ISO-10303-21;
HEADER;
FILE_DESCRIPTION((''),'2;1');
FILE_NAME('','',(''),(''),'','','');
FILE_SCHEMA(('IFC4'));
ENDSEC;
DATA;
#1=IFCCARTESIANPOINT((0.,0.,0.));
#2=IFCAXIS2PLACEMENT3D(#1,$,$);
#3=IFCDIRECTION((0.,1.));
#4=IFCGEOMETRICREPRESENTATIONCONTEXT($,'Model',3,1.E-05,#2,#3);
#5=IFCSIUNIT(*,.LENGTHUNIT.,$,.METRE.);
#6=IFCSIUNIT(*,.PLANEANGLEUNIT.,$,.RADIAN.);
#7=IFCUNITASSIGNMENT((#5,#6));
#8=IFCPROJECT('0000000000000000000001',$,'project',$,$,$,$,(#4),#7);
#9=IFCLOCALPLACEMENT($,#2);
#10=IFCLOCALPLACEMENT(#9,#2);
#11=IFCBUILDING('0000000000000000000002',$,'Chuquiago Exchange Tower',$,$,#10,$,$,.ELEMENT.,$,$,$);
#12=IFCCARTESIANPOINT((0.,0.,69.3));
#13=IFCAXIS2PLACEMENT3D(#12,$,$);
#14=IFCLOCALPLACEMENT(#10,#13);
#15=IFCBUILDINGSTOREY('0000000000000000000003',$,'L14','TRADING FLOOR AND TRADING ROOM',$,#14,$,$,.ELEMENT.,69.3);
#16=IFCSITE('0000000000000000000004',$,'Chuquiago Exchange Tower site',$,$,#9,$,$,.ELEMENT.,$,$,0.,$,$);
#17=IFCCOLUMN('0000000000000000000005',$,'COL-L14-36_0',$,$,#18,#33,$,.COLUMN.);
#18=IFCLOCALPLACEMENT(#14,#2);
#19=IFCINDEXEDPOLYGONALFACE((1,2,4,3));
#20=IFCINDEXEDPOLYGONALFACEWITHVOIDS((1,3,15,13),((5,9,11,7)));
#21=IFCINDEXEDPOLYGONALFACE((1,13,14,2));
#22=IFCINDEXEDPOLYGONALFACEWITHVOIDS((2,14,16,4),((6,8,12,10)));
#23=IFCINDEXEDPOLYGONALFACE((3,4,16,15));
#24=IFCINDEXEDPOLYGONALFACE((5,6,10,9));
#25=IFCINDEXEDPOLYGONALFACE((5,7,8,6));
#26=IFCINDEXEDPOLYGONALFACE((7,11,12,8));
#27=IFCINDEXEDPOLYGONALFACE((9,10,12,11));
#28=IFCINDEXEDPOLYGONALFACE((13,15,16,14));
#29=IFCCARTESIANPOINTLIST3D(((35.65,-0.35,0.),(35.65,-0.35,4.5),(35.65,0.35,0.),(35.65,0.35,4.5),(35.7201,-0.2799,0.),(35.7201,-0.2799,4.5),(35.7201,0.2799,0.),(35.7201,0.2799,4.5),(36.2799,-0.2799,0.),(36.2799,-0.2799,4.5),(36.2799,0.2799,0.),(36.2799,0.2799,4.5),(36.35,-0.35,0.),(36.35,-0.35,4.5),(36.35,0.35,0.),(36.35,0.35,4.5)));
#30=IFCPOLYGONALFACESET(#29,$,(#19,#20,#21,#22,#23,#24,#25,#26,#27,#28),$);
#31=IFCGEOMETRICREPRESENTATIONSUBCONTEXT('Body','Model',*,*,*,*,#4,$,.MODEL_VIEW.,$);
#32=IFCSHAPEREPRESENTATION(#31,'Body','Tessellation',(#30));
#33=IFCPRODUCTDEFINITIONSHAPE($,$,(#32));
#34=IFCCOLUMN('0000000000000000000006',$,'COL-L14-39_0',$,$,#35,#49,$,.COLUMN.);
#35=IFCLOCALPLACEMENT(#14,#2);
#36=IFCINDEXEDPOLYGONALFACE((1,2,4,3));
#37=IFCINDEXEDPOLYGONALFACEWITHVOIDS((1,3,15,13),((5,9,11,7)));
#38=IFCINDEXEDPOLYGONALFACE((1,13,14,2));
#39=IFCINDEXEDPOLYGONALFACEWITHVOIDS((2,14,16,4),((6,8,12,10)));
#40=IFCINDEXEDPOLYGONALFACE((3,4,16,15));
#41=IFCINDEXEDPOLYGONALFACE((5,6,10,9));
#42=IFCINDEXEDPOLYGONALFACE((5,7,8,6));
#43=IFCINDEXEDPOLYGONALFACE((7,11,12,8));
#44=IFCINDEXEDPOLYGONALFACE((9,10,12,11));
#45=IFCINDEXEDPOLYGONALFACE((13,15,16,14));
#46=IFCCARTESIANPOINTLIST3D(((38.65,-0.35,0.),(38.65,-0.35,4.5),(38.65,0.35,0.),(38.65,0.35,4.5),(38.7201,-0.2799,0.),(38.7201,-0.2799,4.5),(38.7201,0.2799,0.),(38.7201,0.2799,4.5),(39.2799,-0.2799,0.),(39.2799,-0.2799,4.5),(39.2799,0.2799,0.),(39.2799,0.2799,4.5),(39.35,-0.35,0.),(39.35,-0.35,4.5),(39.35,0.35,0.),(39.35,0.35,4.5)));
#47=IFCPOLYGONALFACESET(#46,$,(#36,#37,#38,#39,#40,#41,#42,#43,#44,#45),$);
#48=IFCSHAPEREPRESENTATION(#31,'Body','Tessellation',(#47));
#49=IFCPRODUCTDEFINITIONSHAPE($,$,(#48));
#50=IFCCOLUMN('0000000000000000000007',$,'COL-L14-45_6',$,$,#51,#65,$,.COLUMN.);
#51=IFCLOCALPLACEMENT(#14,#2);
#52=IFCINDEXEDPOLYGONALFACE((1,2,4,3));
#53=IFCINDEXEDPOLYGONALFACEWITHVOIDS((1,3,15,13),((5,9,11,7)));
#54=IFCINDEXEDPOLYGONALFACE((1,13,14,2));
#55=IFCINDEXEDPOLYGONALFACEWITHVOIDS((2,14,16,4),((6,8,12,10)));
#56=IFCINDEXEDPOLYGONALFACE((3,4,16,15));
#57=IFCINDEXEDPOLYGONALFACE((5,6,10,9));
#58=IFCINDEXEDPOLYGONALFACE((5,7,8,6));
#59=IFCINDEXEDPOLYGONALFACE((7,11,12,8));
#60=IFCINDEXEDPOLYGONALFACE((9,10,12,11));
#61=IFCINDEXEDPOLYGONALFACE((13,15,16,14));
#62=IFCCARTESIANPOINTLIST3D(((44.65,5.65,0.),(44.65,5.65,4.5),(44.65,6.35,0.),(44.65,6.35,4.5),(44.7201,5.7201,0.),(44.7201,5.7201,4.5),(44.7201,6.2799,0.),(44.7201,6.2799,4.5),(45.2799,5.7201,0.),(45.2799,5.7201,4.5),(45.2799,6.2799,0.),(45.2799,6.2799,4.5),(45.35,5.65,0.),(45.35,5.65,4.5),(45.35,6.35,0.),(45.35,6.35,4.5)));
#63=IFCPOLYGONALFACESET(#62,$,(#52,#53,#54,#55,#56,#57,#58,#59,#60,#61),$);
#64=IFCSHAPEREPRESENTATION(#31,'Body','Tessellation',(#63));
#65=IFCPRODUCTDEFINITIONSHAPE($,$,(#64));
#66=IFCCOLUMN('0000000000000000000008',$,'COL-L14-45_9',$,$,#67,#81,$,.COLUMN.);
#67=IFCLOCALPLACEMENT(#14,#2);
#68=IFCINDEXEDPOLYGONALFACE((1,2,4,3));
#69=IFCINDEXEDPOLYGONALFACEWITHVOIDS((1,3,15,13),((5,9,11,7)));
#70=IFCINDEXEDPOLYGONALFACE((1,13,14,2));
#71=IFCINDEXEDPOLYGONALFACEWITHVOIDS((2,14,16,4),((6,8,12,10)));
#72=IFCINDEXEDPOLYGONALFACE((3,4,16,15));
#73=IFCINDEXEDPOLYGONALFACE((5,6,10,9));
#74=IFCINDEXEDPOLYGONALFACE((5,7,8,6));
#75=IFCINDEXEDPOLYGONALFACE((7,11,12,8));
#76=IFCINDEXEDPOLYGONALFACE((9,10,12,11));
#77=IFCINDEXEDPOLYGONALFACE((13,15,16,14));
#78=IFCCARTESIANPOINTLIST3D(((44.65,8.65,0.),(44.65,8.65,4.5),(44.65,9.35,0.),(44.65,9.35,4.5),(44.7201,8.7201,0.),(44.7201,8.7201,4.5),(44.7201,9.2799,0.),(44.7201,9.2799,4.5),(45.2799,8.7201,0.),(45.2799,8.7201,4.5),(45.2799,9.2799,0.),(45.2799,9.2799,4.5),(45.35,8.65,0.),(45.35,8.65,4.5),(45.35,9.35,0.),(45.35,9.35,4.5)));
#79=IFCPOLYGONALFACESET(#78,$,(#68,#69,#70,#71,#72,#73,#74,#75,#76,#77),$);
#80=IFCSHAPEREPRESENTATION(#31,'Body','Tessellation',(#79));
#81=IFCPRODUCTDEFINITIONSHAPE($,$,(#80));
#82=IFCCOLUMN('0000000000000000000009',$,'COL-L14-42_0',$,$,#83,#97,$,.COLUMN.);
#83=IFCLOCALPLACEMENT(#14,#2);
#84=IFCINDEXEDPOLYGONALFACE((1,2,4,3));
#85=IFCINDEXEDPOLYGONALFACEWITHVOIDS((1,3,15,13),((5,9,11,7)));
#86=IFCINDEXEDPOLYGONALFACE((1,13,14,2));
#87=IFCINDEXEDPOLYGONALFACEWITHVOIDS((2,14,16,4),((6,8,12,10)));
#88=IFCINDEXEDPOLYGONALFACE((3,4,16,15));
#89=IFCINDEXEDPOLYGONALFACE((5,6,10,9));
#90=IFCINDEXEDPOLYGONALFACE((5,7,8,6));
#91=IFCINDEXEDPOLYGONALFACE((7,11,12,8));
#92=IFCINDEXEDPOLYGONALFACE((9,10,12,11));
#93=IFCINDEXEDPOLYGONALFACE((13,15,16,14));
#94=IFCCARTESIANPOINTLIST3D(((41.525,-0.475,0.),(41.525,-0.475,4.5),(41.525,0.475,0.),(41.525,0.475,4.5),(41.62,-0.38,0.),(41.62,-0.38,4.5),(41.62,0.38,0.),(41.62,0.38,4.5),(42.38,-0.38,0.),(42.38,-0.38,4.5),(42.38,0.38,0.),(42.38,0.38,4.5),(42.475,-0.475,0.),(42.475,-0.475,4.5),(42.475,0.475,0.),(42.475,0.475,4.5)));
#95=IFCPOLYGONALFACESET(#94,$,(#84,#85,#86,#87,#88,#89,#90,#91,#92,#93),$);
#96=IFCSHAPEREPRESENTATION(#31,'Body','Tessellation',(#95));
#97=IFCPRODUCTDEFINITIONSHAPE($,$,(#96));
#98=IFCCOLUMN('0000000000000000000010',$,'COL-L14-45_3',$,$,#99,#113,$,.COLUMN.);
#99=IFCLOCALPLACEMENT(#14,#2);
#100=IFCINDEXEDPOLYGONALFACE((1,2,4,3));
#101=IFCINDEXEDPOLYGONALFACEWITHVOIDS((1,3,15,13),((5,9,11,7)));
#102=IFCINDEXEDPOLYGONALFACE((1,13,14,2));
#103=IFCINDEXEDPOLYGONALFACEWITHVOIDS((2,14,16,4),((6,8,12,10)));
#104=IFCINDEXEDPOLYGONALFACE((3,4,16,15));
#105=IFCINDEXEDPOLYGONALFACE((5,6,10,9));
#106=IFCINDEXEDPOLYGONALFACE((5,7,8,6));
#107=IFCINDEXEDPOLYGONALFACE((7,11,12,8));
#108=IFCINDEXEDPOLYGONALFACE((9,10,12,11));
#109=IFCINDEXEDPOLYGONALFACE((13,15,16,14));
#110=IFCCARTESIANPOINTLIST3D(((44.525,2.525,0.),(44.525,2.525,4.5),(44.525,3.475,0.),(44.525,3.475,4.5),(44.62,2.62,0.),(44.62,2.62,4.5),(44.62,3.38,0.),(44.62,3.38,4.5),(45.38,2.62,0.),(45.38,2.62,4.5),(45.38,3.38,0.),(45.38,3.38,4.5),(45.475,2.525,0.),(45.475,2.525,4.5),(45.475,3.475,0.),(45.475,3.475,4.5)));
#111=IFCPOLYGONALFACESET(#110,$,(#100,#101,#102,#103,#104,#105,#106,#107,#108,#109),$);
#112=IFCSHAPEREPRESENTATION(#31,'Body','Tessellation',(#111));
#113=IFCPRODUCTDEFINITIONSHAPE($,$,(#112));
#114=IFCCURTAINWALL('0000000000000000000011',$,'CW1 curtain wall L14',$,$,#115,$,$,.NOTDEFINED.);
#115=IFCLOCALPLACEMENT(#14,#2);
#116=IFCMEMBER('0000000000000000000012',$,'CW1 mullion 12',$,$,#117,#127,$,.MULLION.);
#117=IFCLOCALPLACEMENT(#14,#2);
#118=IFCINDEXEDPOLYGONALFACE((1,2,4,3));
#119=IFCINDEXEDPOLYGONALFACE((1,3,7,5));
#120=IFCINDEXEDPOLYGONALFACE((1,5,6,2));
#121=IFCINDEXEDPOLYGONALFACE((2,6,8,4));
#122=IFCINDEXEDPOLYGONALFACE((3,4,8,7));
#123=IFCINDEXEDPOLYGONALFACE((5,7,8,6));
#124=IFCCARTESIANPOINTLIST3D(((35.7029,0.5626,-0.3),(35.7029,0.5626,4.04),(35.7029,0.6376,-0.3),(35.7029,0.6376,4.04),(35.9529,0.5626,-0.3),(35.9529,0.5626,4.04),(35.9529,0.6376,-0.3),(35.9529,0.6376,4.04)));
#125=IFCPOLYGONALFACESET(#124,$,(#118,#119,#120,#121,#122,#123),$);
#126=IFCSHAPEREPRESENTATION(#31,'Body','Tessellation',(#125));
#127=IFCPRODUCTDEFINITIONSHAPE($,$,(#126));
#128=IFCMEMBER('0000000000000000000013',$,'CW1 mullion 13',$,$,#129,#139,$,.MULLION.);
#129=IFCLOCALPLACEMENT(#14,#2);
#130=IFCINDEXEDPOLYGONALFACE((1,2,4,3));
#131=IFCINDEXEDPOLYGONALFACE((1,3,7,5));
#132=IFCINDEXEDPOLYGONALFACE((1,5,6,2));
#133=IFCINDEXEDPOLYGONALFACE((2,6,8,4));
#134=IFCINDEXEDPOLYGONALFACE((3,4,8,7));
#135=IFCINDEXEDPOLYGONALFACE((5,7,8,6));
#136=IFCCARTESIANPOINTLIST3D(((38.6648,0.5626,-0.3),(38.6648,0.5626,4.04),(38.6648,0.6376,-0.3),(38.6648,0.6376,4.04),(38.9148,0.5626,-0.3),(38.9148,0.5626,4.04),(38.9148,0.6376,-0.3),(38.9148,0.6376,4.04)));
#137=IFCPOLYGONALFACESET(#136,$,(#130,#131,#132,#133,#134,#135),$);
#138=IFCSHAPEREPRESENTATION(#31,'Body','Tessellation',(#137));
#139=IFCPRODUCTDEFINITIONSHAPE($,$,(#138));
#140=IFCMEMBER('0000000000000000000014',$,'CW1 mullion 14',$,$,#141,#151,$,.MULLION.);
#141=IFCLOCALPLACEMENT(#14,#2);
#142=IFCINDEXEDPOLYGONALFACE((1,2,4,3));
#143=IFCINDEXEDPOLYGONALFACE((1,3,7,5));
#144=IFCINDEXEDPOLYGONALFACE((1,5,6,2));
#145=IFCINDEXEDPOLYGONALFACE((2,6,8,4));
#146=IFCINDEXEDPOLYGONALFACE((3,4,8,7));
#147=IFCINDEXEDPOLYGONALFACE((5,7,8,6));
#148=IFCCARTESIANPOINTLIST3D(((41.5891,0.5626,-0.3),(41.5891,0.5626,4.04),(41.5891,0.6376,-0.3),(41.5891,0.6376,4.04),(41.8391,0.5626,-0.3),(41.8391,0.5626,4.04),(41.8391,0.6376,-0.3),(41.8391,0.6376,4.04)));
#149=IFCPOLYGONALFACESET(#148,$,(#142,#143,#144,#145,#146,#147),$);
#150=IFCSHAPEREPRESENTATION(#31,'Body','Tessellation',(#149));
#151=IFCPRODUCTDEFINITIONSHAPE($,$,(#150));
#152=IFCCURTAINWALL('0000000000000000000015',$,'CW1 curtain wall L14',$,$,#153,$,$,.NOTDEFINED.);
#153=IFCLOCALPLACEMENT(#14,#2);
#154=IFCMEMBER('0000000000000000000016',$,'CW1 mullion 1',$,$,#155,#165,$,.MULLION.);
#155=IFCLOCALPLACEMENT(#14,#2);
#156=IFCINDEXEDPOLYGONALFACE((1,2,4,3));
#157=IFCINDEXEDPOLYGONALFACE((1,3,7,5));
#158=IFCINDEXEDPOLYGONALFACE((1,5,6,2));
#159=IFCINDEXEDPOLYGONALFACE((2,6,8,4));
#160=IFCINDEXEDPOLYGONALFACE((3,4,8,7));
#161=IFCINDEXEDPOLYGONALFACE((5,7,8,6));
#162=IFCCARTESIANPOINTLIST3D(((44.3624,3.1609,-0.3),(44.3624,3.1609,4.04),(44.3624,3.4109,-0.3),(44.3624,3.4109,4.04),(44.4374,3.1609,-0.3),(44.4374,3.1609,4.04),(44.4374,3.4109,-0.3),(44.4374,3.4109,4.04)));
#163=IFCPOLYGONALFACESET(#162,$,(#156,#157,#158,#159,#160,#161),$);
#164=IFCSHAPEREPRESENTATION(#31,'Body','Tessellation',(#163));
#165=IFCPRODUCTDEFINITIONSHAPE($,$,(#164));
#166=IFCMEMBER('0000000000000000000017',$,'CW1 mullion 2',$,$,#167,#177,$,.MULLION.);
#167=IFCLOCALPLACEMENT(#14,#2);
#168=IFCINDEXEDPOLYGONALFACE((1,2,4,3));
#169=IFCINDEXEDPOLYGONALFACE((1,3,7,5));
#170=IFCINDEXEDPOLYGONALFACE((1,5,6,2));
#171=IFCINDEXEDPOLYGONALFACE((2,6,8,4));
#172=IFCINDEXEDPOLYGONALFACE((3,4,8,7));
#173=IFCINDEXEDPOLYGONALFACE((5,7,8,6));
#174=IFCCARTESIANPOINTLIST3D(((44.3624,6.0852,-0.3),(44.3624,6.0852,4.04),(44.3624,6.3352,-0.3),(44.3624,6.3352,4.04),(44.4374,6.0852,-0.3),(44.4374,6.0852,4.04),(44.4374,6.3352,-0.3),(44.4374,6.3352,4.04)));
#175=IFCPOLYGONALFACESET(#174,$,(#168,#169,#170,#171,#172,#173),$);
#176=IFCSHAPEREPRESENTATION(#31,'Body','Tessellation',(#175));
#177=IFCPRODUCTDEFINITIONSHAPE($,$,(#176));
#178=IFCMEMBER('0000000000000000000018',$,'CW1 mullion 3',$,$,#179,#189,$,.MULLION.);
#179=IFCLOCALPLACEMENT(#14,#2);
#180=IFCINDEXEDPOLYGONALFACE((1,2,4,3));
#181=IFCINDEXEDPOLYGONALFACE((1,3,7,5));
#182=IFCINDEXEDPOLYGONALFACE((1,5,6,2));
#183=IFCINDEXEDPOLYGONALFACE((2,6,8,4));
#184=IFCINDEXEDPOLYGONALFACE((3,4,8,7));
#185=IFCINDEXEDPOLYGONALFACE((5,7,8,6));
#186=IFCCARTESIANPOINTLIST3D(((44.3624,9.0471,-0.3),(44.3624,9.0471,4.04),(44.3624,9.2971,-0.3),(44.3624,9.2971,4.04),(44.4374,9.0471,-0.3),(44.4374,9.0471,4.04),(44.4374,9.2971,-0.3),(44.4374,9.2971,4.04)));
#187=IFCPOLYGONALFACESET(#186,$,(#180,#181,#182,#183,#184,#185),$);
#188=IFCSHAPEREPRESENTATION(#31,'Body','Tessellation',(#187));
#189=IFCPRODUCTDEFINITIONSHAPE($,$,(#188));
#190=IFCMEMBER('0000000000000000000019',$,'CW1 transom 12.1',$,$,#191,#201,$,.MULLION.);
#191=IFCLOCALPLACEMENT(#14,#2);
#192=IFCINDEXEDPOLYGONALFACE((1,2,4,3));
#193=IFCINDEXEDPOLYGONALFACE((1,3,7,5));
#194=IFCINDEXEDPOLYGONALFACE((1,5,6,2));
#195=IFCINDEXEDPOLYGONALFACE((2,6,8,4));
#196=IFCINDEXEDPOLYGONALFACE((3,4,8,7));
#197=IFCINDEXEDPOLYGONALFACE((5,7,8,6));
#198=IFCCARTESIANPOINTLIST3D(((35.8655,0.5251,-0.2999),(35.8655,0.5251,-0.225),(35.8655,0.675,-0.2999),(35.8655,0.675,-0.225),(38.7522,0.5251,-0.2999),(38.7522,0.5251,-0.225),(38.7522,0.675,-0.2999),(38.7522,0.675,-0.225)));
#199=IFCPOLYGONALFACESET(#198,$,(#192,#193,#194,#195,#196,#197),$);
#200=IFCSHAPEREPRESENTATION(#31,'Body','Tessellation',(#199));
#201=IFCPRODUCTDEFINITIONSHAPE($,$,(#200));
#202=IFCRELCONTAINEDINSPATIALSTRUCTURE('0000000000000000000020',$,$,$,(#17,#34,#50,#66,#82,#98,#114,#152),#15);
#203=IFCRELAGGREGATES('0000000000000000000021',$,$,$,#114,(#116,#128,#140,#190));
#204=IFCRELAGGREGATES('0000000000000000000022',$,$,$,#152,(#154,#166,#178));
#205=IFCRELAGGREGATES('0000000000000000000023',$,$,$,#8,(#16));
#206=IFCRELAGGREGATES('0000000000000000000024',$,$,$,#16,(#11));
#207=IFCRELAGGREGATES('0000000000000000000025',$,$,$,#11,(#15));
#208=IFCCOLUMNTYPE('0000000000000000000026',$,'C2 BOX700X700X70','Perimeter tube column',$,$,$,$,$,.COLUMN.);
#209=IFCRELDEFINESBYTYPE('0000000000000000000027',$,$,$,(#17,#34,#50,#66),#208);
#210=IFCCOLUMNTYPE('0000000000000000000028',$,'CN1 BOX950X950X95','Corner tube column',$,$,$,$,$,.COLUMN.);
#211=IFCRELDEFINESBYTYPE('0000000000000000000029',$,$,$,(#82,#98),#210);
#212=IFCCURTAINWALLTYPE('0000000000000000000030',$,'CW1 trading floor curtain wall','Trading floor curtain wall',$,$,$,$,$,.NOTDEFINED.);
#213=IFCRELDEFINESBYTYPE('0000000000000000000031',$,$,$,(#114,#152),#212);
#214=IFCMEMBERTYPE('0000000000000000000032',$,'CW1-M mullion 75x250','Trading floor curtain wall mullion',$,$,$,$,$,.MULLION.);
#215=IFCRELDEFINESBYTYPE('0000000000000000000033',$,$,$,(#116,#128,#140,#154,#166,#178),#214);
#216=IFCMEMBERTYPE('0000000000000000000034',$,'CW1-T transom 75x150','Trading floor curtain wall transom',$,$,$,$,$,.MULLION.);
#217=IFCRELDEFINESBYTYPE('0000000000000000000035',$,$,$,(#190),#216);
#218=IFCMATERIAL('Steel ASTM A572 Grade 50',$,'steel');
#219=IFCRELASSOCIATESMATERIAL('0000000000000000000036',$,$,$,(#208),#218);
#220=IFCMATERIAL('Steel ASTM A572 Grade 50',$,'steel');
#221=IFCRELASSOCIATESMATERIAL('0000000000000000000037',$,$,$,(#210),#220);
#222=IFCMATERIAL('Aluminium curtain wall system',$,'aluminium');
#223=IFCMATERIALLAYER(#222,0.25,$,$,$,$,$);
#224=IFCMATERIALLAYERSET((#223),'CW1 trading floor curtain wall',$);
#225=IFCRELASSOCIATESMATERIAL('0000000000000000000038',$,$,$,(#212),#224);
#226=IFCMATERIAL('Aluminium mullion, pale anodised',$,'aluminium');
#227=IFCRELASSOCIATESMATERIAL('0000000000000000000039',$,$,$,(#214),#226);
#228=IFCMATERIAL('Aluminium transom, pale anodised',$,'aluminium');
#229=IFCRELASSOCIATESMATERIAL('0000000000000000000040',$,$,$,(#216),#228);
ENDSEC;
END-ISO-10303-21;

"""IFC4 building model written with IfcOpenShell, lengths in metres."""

from ifc_helpers import new_model, si_unit, direction, frame, origin, origin_2d, place, context, subcontext, project, spatial, rectangle, hollow_rectangle, extrude, material, layer, layer_set, material_profile, profile_set, type_object, element, aggregate, save


model = new_model("IFC4")

# Units and contexts
model_context = context("Model", 3, precision=1e-05, world=origin(), true_north=direction((0.0, 1.0)))
body_context = subcontext(model_context, "Body", "Model", "MODEL_VIEW")
ifc_project = project(units=[si_unit("LENGTHUNIT", "METRE"), si_unit("PLANEANGLEUNIT", "RADIAN")], contexts=[model_context])

# Site, building, storey
site_placement = place(None, origin())
site = spatial("IfcSite", under=ifc_project, at=site_placement, Name="Chuquiago Exchange Tower site", CompositionType="ELEMENT", RefElevation=0.0)
building_placement = place(site_placement, origin())
building = spatial("IfcBuilding", under=site, at=building_placement, Name="Chuquiago Exchange Tower", CompositionType="ELEMENT")
storey_placement = place(building_placement, frame((0.0, 0.0, 69.3)))
storey = spatial("IfcBuildingStorey", under=building, at=storey_placement, Name="L14", Description="TRADING FLOOR AND TRADING ROOM", CompositionType="ELEMENT", Elevation=69.3)

# Columns
ifc_material_1 = material(Name="Steel ASTM A572 Grade 50", Category="steel")
ifc_material_profile_1 = material_profile(ifc_material_1, hollow_rectangle(XDim=0.7, YDim=0.7, WallThickness=0.0701, at=origin_2d()), Name="BOX700X700X70")
ifc_profile_set_1 = profile_set([ifc_material_profile_1], Name="Steel ASTM A572 Grade 50")
column_type_1 = type_object("IfcColumnType", Name="C2 BOX700X700X70", Description="Perimeter tube column", PredefinedType="COLUMN", material=ifc_profile_set_1)
for number, where, z_axis, x_axis, name in (
    (1, (36.0, 0.0, 0.0), (0.0, 0.0, 1.0), (0.0, -1.0, 0.0), "COL-L14-36_0"),
    (2, (39.0, 0.0, 0.0), (0.0, 0.0, 1.0), (0.0, -1.0, 0.0), "COL-L14-39_0"),
    (3, (45.0, 6.0, 0.0), (0.0, 0.0, 1.0), (1.0, 0.0, 0.0), "COL-L14-45_6"),
    (4, (45.0, 9.0, 0.0), (0.0, 0.0, 1.0), (1.0, 0.0, 0.0), "COL-L14-45_9"),
):
    element("IfcColumn", number, at=place(storey_placement, frame(where, z_axis=z_axis, x_axis=x_axis)), inside=storey, type_object=column_type_1, Name=name, PredefinedType="COLUMN", context=body_context, shape_type="SweptSolid", body=[
        extrude(hollow_rectangle(XDim=0.7, YDim=0.7, WallThickness=0.0701, at=origin_2d()), origin(), (0.0, 0.0, 1.0), 4.5),
    ])
ifc_material_2 = material(Name="Steel ASTM A572 Grade 50", Category="steel")
ifc_material_profile_2 = material_profile(ifc_material_2, hollow_rectangle(XDim=0.95, YDim=0.95, WallThickness=0.095, at=origin_2d()), Name="BOX950X950X95")
ifc_profile_set_2 = profile_set([ifc_material_profile_2], Name="Steel ASTM A572 Grade 50")
column_type_2 = type_object("IfcColumnType", Name="CN1 BOX950X950X95", Description="Corner tube column", PredefinedType="COLUMN", material=ifc_profile_set_2)
for number, where, z_axis, x_axis, name in (
    (5, (42.0, 0.0, 0.0), (0.0, 0.0, 1.0), (0.0, -1.0, 0.0), "COL-L14-42_0"),
    (6, (45.0, 3.0, 0.0), (0.0, 0.0, 1.0), (1.0, 0.0, 0.0), "COL-L14-45_3"),
):
    element("IfcColumn", number, at=place(storey_placement, frame(where, z_axis=z_axis, x_axis=x_axis)), inside=storey, type_object=column_type_2, Name=name, PredefinedType="COLUMN", context=body_context, shape_type="SweptSolid", body=[
        extrude(hollow_rectangle(XDim=0.95, YDim=0.95, WallThickness=0.095, at=origin_2d()), origin(), (0.0, 0.0, 1.0), 4.5),
    ])

# Curtain walls, members
ifc_material_3 = material(Name="Aluminium curtain wall system", Category="aluminium")
ifc_layer_1 = layer(ifc_material_3, 0.25)
ifc_layer_set_1 = layer_set([ifc_layer_1], Name="CW1 trading floor curtain wall")
curtain_wall_type_1 = type_object("IfcCurtainWallType", Name="CW1 trading floor curtain wall", Description="Trading floor curtain wall", PredefinedType="NOTDEFINED", material=ifc_layer_set_1)
curtain_wall_1_placement = place(storey_placement, origin())
curtain_wall_1 = element("IfcCurtainWall", 7, at=curtain_wall_1_placement, inside=storey, type_object=curtain_wall_type_1, Name="CW1 curtain wall L14", PredefinedType="NOTDEFINED")
ifc_material_4 = material(Name="Aluminium mullion, pale anodised", Category="aluminium")
ifc_material_profile_3 = material_profile(ifc_material_4, rectangle(XDim=0.075, YDim=0.25, at=origin_2d()), Name="AL 75x250")
ifc_profile_set_3 = profile_set([ifc_material_profile_3], Name="Aluminium mullion, pale anodised")
member_type_1 = type_object("IfcMemberType", Name="CW1-M mullion 75x250", Description="Trading floor curtain wall mullion", PredefinedType="MULLION", material=ifc_profile_set_3)
member_1_placement = place(storey_placement, frame((35.8279, 0.6001, -0.3), z_axis=(0.0, 0.0, 1.0), x_axis=(0.0, 1.0, 0.0)))
member_1 = element("IfcMember", 8, at=member_1_placement, type_object=member_type_1, Name="CW1 mullion 12", PredefinedType="MULLION", context=body_context, shape_type="SweptSolid", body=[
    extrude(rectangle(XDim=0.075, YDim=0.25, at=origin_2d()), origin(), (0.0, 0.0, 1.0), 4.3401),
])
member_2_placement = place(storey_placement, frame((38.7898, 0.6001, -0.3), z_axis=(0.0, 0.0, 1.0), x_axis=(0.0, 1.0, 0.0)))
member_2 = element("IfcMember", 9, at=member_2_placement, type_object=member_type_1, Name="CW1 mullion 13", PredefinedType="MULLION", context=body_context, shape_type="SweptSolid", body=[
    extrude(rectangle(XDim=0.075, YDim=0.25, at=origin_2d()), origin(), (0.0, 0.0, 1.0), 4.3401),
])
member_3_placement = place(storey_placement, frame((41.7141, 0.6001, -0.3), z_axis=(0.0, 0.0, 1.0), x_axis=(0.0, 1.0, 0.0)))
member_3 = element("IfcMember", 10, at=member_3_placement, type_object=member_type_1, Name="CW1 mullion 14", PredefinedType="MULLION", context=body_context, shape_type="SweptSolid", body=[
    extrude(rectangle(XDim=0.075, YDim=0.25, at=origin_2d()), origin(), (0.0, 0.0, 1.0), 4.3401),
])
curtain_wall_2_placement = place(storey_placement, origin())
curtain_wall_2 = element("IfcCurtainWall", 11, at=curtain_wall_2_placement, inside=storey, type_object=curtain_wall_type_1, Name="CW1 curtain wall L14", PredefinedType="NOTDEFINED")
member_4_placement = place(storey_placement, frame((44.3999, 3.2859, -0.3), z_axis=(0.0, 0.0, 1.0), x_axis=(-1.0, 0.0, 0.0)))
member_4 = element("IfcMember", 12, at=member_4_placement, type_object=member_type_1, Name="CW1 mullion 1", PredefinedType="MULLION", context=body_context, shape_type="SweptSolid", body=[
    extrude(rectangle(XDim=0.075, YDim=0.25, at=origin_2d()), origin(), (0.0, 0.0, 1.0), 4.3401),
])
member_5_placement = place(storey_placement, frame((44.3999, 6.2102, -0.3), z_axis=(0.0, 0.0, 1.0), x_axis=(-1.0, 0.0, 0.0)))
member_5 = element("IfcMember", 13, at=member_5_placement, type_object=member_type_1, Name="CW1 mullion 2", PredefinedType="MULLION", context=body_context, shape_type="SweptSolid", body=[
    extrude(rectangle(XDim=0.075, YDim=0.25, at=origin_2d()), origin(), (0.0, 0.0, 1.0), 4.3401),
])
member_6_placement = place(storey_placement, frame((44.3999, 9.1721, -0.3), z_axis=(0.0, 0.0, 1.0), x_axis=(-1.0, 0.0, 0.0)))
member_6 = element("IfcMember", 14, at=member_6_placement, type_object=member_type_1, Name="CW1 mullion 3", PredefinedType="MULLION", context=body_context, shape_type="SweptSolid", body=[
    extrude(rectangle(XDim=0.075, YDim=0.25, at=origin_2d()), origin(), (0.0, 0.0, 1.0), 4.3401),
])

# Member
ifc_material_5 = material(Name="Aluminium transom, pale anodised", Category="aluminium")
ifc_material_profile_4 = material_profile(ifc_material_5, rectangle(XDim=0.1499, YDim=0.075, at=origin_2d()), Name="AL 150x75")
ifc_profile_set_4 = profile_set([ifc_material_profile_4], Name="Aluminium transom, pale anodised")
member_type_2 = type_object("IfcMemberType", Name="CW1-T transom 75x150", Description="Trading floor curtain wall transom", PredefinedType="MULLION", material=ifc_profile_set_4)
member_7_placement = place(storey_placement, frame((35.8655, 0.6001, -0.2625), z_axis=(1.0, 0.0, 0.0), x_axis=(0.0, 1.0, 0.0)))
member_7 = element("IfcMember", 15, at=member_7_placement, type_object=member_type_2, Name="CW1 transom 12.1", PredefinedType="MULLION", context=body_context, shape_type="SweptSolid", body=[
    extrude(rectangle(XDim=0.1499, YDim=0.075, at=origin_2d()), origin(), (0.0, 0.0, 1.0), 2.8867),
])

aggregate(curtain_wall_1, [member_1, member_2, member_3, member_7])
aggregate(curtain_wall_2, [member_4, member_5, member_6])

save(model, "model.ifc")
